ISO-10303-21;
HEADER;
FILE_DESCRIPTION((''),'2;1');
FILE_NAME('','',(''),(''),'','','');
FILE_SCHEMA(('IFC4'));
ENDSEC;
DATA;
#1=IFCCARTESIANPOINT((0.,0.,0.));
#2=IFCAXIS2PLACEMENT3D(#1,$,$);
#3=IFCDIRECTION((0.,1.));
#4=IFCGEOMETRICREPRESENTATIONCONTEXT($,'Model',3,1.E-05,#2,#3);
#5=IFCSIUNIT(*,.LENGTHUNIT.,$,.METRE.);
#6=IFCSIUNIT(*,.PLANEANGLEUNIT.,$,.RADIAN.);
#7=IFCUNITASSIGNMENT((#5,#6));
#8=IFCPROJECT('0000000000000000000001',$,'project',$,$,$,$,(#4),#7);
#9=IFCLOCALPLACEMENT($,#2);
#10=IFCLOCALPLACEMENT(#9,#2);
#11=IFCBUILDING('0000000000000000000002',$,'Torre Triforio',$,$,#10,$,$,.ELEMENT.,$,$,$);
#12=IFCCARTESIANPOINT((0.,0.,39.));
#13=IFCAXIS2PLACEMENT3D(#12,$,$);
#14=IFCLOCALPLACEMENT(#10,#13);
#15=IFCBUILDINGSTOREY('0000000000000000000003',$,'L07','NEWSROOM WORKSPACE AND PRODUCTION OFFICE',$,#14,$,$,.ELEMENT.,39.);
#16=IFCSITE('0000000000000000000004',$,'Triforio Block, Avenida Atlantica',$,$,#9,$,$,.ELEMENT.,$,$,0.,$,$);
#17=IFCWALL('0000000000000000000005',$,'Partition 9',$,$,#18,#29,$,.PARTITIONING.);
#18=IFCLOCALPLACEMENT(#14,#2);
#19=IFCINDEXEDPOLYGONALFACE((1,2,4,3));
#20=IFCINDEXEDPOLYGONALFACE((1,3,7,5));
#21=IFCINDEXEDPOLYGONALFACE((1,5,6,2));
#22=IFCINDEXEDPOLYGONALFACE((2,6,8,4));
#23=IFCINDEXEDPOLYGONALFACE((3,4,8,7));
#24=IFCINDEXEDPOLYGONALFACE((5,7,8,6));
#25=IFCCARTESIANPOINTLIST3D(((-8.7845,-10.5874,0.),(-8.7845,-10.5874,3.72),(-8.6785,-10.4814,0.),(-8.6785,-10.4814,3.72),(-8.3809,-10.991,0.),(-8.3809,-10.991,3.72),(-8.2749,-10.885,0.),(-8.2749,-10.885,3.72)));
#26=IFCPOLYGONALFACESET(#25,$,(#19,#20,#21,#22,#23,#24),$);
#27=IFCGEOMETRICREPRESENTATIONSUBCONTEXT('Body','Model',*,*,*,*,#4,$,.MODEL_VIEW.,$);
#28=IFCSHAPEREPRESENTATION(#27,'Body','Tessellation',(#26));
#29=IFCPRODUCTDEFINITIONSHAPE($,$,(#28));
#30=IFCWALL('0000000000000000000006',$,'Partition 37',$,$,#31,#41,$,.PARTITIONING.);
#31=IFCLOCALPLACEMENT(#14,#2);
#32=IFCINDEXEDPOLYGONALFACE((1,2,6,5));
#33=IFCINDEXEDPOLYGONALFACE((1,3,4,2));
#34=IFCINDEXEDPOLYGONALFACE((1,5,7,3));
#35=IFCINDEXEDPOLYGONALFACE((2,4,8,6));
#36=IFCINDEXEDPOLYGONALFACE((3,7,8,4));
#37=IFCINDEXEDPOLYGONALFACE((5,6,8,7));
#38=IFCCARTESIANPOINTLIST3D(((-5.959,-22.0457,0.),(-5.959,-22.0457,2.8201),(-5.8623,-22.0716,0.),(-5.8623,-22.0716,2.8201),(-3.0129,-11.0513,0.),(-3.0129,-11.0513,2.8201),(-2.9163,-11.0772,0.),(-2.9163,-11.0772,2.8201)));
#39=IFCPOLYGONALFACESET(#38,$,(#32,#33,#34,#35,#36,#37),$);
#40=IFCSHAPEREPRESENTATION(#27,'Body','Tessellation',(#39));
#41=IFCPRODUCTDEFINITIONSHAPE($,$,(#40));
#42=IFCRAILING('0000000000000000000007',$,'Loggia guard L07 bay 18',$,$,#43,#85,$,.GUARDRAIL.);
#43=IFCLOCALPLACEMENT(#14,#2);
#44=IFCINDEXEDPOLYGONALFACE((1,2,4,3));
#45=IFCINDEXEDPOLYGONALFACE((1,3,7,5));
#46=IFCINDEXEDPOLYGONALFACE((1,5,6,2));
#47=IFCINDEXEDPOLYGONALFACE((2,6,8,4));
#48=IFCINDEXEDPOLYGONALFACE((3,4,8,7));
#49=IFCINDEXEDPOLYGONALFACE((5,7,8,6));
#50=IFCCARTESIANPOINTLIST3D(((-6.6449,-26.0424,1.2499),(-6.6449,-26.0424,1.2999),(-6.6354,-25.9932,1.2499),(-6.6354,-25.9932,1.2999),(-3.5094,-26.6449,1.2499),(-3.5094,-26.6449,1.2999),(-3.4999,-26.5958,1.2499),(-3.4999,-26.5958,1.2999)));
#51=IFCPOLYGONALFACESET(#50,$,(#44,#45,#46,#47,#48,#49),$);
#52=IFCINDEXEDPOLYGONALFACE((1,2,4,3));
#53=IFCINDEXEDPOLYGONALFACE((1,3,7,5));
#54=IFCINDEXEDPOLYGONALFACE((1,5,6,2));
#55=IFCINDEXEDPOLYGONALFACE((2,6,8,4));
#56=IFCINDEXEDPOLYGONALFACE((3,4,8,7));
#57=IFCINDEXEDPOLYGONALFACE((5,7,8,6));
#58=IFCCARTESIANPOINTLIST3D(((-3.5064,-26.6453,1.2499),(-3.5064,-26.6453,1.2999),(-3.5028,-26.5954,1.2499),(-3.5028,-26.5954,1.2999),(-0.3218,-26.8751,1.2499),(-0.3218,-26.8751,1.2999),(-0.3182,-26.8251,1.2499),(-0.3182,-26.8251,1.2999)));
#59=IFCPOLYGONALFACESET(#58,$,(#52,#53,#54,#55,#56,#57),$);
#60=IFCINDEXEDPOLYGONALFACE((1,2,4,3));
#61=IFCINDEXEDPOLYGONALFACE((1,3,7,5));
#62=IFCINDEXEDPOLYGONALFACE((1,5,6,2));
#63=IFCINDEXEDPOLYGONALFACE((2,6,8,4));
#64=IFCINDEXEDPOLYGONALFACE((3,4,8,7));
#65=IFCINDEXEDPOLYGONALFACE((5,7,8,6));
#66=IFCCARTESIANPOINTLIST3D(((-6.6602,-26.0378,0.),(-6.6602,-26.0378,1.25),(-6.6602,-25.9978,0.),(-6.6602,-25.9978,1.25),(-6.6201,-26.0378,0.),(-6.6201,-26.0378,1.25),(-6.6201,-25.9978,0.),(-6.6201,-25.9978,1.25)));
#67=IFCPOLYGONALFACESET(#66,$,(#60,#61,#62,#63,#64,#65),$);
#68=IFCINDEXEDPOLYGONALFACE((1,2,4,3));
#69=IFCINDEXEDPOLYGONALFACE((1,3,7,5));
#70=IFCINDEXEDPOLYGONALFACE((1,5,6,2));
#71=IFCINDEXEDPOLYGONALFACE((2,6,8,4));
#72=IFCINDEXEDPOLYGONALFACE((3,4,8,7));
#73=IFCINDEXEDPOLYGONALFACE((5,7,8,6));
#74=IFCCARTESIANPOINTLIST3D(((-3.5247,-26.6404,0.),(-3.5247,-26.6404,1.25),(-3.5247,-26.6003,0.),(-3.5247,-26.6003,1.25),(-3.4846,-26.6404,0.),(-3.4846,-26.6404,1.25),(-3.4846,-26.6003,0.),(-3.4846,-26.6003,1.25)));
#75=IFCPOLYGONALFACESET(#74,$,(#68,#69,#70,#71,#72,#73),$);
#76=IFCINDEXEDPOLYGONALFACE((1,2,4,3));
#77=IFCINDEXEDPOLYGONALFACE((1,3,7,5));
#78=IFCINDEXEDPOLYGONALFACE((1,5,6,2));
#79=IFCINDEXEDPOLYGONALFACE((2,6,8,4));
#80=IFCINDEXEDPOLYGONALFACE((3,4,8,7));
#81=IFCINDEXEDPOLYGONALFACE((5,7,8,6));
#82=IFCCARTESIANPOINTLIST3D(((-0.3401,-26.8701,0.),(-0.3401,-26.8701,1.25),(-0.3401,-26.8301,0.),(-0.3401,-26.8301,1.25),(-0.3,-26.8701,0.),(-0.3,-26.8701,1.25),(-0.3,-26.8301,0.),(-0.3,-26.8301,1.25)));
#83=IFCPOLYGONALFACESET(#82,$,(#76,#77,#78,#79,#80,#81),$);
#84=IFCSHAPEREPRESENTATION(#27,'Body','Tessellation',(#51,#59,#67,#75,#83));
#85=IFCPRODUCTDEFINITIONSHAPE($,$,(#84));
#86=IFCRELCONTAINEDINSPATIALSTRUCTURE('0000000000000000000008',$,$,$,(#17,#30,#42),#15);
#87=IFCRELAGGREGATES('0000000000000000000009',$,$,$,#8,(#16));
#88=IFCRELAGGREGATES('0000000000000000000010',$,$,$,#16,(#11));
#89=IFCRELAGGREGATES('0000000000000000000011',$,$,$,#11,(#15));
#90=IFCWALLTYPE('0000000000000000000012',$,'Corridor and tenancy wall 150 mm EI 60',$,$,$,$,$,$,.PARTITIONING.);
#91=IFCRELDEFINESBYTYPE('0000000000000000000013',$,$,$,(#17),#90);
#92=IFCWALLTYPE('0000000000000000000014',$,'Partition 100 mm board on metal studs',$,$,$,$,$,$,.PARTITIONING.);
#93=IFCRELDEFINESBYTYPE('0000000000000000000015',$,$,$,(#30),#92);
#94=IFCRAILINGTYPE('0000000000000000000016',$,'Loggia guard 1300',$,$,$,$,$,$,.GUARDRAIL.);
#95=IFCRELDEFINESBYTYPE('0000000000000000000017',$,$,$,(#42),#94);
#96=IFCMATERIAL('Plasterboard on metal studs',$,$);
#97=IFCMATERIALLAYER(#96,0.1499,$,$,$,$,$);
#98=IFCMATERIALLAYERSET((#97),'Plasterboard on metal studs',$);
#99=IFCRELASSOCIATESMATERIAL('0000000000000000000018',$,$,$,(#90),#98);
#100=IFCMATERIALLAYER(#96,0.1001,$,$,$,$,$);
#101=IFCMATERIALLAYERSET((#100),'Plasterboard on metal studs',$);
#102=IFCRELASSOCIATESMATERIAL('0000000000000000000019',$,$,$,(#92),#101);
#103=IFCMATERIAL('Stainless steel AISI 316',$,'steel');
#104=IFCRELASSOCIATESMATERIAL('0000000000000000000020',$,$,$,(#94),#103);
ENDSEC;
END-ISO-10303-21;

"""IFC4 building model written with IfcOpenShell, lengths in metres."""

from ifc_helpers import new_model, si_unit, direction, frame, frame_2d, origin, origin_2d, place, context, subcontext, project, spatial, rectangle, extrude, material, layer, layer_set, type_object, element, save


model = new_model("IFC4")

# Units and contexts
model_context = context("Model", 3, precision=1e-05, world=origin(), true_north=direction((0.0, 1.0)))
body_context = subcontext(model_context, "Body", "Model", "MODEL_VIEW")
ifc_project = project(units=[si_unit("LENGTHUNIT", "METRE"), si_unit("PLANEANGLEUNIT", "RADIAN")], contexts=[model_context])

# Site, building, storey
site_placement = place(None, origin())
site = spatial("IfcSite", under=ifc_project, at=site_placement, Name="Triforio Block, Avenida Atlantica", CompositionType="ELEMENT", RefElevation=0.0)
building_placement = place(site_placement, origin())
building = spatial("IfcBuilding", under=site, at=building_placement, Name="Torre Triforio", CompositionType="ELEMENT")
storey_placement = place(building_placement, frame((0.0, 0.0, 39.0)))
storey = spatial("IfcBuildingStorey", under=building, at=storey_placement, Name="L07", Description="NEWSROOM WORKSPACE AND PRODUCTION OFFICE", CompositionType="ELEMENT", Elevation=39.0)

# Shared definitions
ifc_material_1 = material(Name="Plasterboard on metal studs")
ifc_layer_1 = layer(ifc_material_1, 0.1499)
ifc_layer_set_1 = layer_set([ifc_layer_1], Name="Plasterboard on metal studs")
wall_type_1 = type_object("IfcWallType", Name="Corridor and tenancy wall 150 mm EI 60", PredefinedType="PARTITIONING", material=ifc_layer_set_1)

# Walls
wall_1_placement = place(storey_placement, frame((-8.3279, -10.938, 0.0), z_axis=(0.0, 0.0, 1.0), x_axis=(-0.707107, 0.707107, 0.0)))
element("IfcWall", 1, at=wall_1_placement, inside=storey, type_object=wall_type_1, Name="Partition 9", PredefinedType="PARTITIONING", context=body_context, shape_type="SweptSolid", body=[
    extrude(rectangle(XDim=0.5708, YDim=0.1499, at=frame_2d((0.2854, 0.0))), origin(), (0.0, 0.0, 1.0), 3.72),
])
ifc_layer_2 = layer(ifc_material_1, 0.1001)
ifc_layer_set_2 = layer_set([ifc_layer_2], Name="Plasterboard on metal studs")
wall_type_2 = type_object("IfcWallType", Name="Partition 100 mm board on metal studs", PredefinedType="PARTITIONING", material=ifc_layer_set_2)
wall_2_placement = place(storey_placement, frame((-2.9646, -11.0642, 0.0), z_axis=(0.0, 0.0, 1.0), x_axis=(-0.258828, -0.965923, 0.0)))
element("IfcWall", 2, at=wall_2_placement, inside=storey, type_object=wall_type_2, Name="Partition 37", PredefinedType="PARTITIONING", context=body_context, shape_type="SweptSolid", body=[
    extrude(rectangle(XDim=11.3823, YDim=0.1001, at=frame_2d((5.6912, 0.0))), origin(), (0.0, 0.0, 1.0), 2.8201),
])

# Railing
ifc_material_2 = material(Name="Stainless steel AISI 316", Category="steel")
railing_type = type_object("IfcRailingType", Name="Loggia guard 1300", PredefinedType="GUARDRAIL", material=ifc_material_2)
railing_placement = place(storey_placement, frame((-6.6401, -26.0178, 0.0)))
element("IfcRailing", 3, at=railing_placement, inside=storey, type_object=railing_type, Name="Loggia guard L07 bay 18", PredefinedType="GUARDRAIL", context=body_context, shape_type="SweptSolid", body=[
    extrude(rectangle(XDim=0.05, YDim=0.05, at=origin_2d()), frame((0.0, 0.0, 1.2749), z_axis=(0.982032, -0.188714, 0.0), x_axis=(0.188714, 0.982032, 0.0)), (0.0, 0.0, 1.0), 3.1929),
    extrude(rectangle(XDim=0.05, YDim=0.05, at=origin_2d()), frame((3.1355, -0.6025, 1.2749), z_axis=(0.997408, -0.071953, 0.0), x_axis=(0.071953, 0.997408, 0.0)), (0.0, 0.0, 1.0), 3.1929),
    extrude(rectangle(XDim=0.04, YDim=0.04, at=origin_2d()), origin(), (0.0, 0.0, 1.0), 1.25),
    extrude(rectangle(XDim=0.04, YDim=0.04, at=origin_2d()), frame((3.1355, -0.6025, 0.0)), (0.0, 0.0, 1.0), 1.25),
    extrude(rectangle(XDim=0.04, YDim=0.04, at=origin_2d()), frame((6.3201, -0.8323, 0.0)), (0.0, 0.0, 1.0), 1.25),
])

save(model, "model.ifc")
